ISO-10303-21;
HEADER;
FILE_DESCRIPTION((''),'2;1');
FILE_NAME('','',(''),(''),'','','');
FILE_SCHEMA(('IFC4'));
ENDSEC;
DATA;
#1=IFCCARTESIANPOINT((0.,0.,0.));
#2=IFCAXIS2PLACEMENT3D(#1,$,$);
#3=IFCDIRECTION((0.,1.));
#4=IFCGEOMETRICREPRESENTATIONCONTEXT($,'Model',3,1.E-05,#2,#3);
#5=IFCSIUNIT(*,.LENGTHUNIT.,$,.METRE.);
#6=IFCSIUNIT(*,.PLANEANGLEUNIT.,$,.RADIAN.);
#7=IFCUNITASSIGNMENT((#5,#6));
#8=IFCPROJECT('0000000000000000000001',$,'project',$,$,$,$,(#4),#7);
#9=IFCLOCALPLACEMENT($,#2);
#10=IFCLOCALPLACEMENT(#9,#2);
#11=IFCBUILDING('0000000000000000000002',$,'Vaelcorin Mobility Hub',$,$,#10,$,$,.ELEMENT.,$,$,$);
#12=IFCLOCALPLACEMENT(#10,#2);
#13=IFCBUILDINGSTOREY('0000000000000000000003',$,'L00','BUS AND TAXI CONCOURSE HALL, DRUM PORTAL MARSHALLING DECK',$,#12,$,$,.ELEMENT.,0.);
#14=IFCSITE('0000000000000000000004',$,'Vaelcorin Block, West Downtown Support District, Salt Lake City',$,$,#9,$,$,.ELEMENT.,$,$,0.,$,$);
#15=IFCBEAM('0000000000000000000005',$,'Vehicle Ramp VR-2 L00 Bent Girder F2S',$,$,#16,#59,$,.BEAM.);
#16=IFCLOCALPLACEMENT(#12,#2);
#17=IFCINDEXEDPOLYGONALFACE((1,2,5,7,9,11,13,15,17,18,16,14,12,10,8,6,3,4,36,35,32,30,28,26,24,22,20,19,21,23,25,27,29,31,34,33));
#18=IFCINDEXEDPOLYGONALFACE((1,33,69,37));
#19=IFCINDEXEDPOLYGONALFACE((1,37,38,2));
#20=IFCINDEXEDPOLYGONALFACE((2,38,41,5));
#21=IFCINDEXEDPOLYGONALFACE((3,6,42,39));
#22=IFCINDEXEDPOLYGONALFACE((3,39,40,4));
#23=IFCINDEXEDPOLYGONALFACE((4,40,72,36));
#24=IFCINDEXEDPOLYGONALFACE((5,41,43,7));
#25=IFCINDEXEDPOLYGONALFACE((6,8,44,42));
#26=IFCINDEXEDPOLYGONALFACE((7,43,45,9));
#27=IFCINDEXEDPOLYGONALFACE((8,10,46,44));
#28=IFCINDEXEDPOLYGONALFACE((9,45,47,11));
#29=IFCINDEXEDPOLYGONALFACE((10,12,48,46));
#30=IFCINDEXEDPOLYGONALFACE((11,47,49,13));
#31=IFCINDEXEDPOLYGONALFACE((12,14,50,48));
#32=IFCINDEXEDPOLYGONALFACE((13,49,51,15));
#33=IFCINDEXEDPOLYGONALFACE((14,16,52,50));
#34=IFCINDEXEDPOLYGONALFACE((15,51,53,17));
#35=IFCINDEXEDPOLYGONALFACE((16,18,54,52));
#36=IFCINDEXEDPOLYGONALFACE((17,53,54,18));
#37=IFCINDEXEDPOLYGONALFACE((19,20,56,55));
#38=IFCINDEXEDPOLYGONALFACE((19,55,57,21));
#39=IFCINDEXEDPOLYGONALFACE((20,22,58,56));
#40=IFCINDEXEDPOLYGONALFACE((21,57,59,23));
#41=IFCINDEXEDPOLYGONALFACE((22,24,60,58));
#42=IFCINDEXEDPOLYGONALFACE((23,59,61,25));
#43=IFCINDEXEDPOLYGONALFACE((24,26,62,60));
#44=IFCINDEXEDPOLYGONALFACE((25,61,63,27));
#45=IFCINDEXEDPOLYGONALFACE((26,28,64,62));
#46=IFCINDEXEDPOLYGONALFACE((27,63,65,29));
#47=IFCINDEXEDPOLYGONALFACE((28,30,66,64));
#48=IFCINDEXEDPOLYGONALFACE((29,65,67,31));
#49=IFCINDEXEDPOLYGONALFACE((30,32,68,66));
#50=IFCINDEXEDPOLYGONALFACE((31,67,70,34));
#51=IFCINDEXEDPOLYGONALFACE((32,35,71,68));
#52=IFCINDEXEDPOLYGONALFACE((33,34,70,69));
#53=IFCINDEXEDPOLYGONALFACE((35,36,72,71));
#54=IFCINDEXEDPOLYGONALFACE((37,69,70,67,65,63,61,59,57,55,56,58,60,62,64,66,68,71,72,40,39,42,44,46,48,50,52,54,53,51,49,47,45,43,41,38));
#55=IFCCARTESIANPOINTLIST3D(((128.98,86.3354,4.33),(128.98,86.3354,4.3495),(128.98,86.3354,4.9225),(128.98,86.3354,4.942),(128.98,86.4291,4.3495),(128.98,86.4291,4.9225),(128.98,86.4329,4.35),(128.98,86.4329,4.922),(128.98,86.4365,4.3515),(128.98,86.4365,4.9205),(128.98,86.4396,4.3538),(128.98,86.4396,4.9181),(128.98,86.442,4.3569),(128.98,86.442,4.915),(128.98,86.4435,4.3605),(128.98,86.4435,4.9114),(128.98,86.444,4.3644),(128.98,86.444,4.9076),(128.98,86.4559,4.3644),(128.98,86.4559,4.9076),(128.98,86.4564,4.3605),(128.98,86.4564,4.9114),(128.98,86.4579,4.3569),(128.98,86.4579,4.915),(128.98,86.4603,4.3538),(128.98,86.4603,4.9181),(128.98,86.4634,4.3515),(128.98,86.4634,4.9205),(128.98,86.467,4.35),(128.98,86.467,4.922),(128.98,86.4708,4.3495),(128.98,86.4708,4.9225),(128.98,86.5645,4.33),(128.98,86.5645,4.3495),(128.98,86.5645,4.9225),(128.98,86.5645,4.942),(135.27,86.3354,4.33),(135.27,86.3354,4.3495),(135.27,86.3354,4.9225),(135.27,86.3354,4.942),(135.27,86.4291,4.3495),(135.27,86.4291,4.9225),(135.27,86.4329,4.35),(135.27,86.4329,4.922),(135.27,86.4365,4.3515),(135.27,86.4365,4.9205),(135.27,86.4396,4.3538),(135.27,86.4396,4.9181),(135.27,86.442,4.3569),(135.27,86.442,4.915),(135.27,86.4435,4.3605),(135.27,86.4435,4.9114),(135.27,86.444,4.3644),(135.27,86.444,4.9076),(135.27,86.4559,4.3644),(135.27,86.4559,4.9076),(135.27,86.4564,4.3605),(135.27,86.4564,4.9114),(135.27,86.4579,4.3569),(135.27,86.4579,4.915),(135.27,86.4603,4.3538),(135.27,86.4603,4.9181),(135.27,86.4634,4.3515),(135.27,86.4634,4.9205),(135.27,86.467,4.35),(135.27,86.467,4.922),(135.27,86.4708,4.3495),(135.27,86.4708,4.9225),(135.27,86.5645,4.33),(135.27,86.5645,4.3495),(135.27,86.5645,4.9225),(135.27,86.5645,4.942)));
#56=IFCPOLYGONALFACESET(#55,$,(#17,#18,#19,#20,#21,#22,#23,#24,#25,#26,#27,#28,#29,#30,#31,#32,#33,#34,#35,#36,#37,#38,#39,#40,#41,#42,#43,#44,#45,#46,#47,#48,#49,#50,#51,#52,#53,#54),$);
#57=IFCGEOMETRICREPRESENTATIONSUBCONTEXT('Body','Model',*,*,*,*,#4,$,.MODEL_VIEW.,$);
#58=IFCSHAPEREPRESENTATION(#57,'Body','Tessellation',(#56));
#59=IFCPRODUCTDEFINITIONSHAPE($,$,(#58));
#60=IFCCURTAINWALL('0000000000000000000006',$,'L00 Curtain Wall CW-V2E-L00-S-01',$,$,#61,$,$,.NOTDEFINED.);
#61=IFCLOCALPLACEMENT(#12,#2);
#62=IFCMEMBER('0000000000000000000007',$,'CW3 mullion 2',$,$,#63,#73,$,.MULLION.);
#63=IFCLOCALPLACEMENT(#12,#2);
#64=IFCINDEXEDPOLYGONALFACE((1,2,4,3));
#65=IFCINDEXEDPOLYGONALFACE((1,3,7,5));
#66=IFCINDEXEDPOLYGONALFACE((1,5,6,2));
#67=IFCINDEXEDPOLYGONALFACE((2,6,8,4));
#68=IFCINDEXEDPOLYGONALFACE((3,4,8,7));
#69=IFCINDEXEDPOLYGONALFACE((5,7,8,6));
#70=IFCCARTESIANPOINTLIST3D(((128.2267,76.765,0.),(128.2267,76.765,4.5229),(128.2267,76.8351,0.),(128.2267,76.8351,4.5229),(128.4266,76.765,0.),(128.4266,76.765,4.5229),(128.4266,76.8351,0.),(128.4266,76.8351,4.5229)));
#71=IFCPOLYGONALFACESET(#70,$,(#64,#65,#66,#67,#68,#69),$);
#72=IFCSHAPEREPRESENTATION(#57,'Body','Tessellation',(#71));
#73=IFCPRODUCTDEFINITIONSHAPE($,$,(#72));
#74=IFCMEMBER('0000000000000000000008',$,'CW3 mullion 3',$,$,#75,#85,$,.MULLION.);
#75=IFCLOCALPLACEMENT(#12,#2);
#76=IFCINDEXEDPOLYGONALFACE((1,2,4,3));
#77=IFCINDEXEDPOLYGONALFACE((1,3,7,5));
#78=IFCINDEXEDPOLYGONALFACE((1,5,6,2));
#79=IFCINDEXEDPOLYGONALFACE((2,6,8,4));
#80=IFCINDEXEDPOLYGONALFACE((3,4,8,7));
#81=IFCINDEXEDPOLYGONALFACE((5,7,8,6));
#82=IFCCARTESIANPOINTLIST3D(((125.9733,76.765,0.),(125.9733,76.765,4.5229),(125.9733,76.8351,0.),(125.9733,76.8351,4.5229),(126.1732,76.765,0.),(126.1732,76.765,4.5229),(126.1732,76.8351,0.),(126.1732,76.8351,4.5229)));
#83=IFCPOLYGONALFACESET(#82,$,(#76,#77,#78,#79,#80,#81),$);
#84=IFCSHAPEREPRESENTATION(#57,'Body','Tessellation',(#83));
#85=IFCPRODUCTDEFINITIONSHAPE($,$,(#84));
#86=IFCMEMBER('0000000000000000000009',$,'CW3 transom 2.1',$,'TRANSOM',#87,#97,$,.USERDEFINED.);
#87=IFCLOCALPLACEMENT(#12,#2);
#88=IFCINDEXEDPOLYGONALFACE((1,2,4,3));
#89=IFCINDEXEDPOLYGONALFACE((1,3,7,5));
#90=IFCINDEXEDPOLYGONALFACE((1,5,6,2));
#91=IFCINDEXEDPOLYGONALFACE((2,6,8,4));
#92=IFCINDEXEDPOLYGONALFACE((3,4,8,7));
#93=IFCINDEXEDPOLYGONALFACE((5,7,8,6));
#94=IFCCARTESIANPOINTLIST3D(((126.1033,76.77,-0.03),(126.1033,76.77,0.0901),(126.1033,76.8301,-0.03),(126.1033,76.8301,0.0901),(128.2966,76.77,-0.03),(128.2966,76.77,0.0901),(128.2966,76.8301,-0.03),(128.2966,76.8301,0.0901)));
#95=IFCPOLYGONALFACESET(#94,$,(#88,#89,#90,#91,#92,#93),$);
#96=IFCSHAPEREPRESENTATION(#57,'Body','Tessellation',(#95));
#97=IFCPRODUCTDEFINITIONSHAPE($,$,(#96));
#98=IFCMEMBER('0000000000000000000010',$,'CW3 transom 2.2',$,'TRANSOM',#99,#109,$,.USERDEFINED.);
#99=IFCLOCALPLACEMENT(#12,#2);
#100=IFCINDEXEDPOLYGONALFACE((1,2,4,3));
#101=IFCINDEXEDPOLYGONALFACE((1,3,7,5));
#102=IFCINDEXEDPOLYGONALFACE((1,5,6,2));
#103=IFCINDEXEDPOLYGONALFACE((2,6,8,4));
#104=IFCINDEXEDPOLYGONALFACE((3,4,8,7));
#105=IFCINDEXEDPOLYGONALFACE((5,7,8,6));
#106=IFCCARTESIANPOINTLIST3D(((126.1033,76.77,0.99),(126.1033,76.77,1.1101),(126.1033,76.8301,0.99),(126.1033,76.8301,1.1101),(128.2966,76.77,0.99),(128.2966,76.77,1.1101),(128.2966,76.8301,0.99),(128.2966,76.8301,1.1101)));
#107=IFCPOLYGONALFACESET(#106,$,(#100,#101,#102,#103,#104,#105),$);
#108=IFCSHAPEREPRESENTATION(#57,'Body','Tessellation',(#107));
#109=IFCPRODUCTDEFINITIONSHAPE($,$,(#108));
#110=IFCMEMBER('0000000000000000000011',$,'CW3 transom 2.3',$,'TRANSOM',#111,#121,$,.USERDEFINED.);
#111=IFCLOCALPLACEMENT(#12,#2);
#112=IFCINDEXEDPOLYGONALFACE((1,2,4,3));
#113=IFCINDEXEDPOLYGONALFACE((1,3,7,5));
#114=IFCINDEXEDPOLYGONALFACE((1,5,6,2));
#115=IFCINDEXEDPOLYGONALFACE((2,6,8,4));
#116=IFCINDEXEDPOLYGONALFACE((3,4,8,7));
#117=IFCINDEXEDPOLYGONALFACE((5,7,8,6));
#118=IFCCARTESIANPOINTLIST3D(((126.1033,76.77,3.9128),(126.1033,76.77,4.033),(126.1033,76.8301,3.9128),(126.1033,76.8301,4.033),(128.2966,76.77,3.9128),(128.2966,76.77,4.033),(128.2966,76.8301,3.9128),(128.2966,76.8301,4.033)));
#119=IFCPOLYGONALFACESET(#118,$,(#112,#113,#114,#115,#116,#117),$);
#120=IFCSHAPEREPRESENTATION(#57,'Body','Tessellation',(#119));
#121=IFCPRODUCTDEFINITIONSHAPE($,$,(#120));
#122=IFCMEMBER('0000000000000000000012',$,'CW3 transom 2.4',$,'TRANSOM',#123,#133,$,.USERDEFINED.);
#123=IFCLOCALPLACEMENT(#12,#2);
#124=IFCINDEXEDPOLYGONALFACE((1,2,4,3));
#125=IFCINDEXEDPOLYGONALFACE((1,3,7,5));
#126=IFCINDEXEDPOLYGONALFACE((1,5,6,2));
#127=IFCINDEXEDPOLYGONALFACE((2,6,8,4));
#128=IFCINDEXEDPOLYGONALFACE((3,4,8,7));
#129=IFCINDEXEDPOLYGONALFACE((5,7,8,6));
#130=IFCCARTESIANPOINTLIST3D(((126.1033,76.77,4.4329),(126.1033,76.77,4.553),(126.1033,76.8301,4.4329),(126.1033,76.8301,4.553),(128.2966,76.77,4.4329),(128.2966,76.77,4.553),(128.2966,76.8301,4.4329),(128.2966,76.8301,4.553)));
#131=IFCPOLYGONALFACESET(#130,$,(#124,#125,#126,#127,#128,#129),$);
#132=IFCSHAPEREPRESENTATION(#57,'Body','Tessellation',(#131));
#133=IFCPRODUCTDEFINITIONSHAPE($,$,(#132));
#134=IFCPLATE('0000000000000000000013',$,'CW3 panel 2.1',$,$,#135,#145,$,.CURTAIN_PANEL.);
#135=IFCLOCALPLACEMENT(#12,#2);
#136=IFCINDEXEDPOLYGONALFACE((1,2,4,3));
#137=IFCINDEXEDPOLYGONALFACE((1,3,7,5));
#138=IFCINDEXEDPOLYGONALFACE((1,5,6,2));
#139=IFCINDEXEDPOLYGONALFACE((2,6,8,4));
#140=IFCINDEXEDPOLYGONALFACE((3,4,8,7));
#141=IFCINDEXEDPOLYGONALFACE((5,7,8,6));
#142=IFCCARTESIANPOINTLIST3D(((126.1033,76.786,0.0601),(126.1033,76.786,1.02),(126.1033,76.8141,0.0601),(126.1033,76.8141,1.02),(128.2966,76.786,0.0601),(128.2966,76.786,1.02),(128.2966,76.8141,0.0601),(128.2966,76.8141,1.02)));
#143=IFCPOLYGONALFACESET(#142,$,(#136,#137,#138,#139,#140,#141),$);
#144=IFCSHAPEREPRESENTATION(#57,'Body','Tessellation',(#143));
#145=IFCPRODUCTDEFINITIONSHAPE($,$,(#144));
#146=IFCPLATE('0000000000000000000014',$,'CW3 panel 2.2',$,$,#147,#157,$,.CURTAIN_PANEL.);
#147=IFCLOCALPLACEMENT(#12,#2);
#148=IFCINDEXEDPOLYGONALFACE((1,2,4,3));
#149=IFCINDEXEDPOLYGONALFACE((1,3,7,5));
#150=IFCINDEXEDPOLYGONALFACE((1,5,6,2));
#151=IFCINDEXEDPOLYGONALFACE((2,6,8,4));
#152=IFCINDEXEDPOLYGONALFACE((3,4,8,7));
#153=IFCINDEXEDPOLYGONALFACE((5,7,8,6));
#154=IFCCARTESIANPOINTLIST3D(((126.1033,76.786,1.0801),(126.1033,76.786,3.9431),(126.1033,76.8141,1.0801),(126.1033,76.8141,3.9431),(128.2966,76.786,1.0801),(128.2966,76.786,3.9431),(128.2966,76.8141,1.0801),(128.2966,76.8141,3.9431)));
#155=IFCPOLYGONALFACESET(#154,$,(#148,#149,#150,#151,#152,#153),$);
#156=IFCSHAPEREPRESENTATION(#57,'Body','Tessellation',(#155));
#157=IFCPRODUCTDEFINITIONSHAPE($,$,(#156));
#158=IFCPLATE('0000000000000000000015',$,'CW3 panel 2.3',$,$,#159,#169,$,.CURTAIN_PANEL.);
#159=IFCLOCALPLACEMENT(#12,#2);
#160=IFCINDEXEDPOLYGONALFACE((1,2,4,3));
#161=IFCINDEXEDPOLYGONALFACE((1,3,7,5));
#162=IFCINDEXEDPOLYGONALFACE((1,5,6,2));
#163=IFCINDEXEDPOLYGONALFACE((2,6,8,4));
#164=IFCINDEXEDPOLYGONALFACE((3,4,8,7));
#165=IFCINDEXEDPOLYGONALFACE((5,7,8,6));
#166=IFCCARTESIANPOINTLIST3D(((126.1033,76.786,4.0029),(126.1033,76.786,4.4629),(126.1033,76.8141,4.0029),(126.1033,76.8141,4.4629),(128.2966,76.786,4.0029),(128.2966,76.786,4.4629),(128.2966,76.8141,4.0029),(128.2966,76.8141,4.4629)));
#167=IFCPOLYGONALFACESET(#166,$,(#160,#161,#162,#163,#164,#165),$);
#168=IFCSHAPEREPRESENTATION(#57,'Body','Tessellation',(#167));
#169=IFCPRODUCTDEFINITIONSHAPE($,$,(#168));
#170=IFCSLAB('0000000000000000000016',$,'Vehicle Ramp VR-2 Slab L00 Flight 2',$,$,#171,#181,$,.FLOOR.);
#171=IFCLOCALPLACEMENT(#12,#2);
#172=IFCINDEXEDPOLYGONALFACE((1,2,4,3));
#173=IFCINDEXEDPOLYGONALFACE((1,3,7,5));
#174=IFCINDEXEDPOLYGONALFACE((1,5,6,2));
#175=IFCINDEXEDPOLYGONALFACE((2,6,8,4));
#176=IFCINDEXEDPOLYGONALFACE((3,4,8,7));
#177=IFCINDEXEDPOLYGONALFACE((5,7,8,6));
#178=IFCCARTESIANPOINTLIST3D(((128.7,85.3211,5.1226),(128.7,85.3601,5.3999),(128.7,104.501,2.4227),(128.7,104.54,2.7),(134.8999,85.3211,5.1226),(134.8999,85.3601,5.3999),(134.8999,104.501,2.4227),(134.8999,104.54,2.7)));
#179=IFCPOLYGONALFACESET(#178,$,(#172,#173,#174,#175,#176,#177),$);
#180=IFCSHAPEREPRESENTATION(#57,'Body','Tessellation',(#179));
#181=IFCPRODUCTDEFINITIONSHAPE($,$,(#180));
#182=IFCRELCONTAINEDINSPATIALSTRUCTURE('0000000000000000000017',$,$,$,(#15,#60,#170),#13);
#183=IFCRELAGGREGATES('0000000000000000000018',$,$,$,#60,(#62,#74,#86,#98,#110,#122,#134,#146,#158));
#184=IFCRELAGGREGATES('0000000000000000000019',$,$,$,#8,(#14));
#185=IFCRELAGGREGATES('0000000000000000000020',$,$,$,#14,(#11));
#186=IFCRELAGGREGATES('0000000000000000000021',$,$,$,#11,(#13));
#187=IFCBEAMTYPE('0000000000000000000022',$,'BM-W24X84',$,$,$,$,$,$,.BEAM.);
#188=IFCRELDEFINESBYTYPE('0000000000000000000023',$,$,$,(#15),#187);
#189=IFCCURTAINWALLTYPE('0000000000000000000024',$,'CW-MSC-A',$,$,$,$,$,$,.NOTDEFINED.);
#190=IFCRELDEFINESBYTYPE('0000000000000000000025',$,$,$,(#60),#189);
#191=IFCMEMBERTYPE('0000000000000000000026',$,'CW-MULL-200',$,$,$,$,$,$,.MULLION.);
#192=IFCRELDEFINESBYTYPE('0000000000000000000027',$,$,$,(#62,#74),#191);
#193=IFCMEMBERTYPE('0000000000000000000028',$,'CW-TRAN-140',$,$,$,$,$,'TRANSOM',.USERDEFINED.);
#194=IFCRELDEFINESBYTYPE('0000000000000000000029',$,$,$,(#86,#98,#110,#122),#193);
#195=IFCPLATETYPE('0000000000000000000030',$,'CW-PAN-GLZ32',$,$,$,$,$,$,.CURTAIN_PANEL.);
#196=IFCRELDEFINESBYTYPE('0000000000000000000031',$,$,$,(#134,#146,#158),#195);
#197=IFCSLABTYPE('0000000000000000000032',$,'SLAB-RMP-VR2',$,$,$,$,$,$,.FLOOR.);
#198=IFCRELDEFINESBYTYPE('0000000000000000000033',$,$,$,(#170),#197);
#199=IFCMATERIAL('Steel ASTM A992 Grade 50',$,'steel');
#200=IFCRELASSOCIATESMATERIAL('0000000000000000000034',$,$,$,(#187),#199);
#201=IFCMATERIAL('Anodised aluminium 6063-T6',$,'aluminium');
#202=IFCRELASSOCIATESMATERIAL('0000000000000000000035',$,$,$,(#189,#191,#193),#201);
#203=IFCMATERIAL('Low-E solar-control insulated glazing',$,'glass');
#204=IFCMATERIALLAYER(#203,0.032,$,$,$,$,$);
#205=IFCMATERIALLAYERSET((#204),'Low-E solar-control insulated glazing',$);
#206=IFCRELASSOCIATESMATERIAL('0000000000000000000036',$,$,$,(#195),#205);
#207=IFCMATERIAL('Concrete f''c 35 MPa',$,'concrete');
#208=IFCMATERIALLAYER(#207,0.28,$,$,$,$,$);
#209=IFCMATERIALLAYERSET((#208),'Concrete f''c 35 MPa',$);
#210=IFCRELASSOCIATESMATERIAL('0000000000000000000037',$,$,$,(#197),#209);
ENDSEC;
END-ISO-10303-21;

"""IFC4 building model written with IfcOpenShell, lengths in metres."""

from ifc_helpers import new_model, si_unit, direction, frame, origin, origin_2d, place, context, subcontext, project, spatial, polyline, rectangle, i_section, outline, extrude, material, layer, layer_set, material_profile, profile_set, type_object, element, aggregate, save


model = new_model("IFC4")

# Units and contexts
model_context = context("Model", 3, precision=1e-05, world=origin(), true_north=direction((0.0, 1.0)))
body_context = subcontext(model_context, "Body", "Model", "MODEL_VIEW")
ifc_project = project(units=[si_unit("LENGTHUNIT", "METRE"), si_unit("PLANEANGLEUNIT", "RADIAN")], contexts=[model_context])

# Site, building, storey
site_placement = place(None, origin())
site = spatial("IfcSite", under=ifc_project, at=site_placement, Name="Vaelcorin Block, West Downtown Support District, Salt Lake City", CompositionType="ELEMENT", RefElevation=0.0)
building_placement = place(site_placement, origin())
building = spatial("IfcBuilding", under=site, at=building_placement, Name="Vaelcorin Mobility Hub", CompositionType="ELEMENT")
storey_placement = place(building_placement, origin())
storey = spatial("IfcBuildingStorey", under=building, at=storey_placement, Name="L00", Description="BUS AND TAXI CONCOURSE HALL, DRUM PORTAL MARSHALLING DECK", CompositionType="ELEMENT", Elevation=0.0)

# Shared definitions
ifc_material_1 = material(Name="Steel ASTM A992 Grade 50", Category="steel")

# Beam
ifc_material_profile_1 = material_profile(ifc_material_1, i_section(OverallWidth=0.229, OverallDepth=0.6121, WebThickness=0.012, FlangeThickness=0.0195, FilletRadius=0.0149, at=origin_2d()), Name="W24X84")
ifc_profile_set_1 = profile_set([ifc_material_profile_1], Name="Steel ASTM A992 Grade 50")
beam_type_1 = type_object("IfcBeamType", Name="BM-W24X84", PredefinedType="BEAM", material=ifc_profile_set_1)
beam_1_placement = place(storey_placement, frame((128.98, 86.45, 4.636), z_axis=(1.0, 0.0, 0.0), x_axis=(0.0, 1.0, 0.0)))
element("IfcBeam", 1, at=beam_1_placement, inside=storey, type_object=beam_type_1, Name="Vehicle Ramp VR-2 L00 Bent Girder F2S", PredefinedType="BEAM", context=body_context, shape_type="SweptSolid", body=[
    extrude(i_section(OverallWidth=0.229, OverallDepth=0.6121, WebThickness=0.012, FlangeThickness=0.0195, FilletRadius=0.0149, at=origin_2d()), origin(), (0.0, 0.0, 1.0), 6.29),
])

# Curtain wall, members, plates
ifc_material_2 = material(Name="Anodised aluminium 6063-T6", Category="aluminium")
curtain_wall_type = type_object("IfcCurtainWallType", Name="CW-MSC-A", PredefinedType="NOTDEFINED", material=ifc_material_2)
curtain_wall_placement = place(storey_placement, origin())
curtain_wall = element("IfcCurtainWall", 2, at=curtain_wall_placement, inside=storey, type_object=curtain_wall_type, Name="L00 Curtain Wall CW-V2E-L00-S-01", PredefinedType="NOTDEFINED")
ifc_material_profile_2 = material_profile(ifc_material_2, rectangle(XDim=0.0701, YDim=0.2, at=origin_2d()), Name="ALU-M70X200")
ifc_profile_set_2 = profile_set([ifc_material_profile_2], Name="Anodised aluminium 6063-T6")
member_type_1 = type_object("IfcMemberType", Name="CW-MULL-200", PredefinedType="MULLION", material=ifc_profile_set_2)
member_1_placement = place(storey_placement, frame((128.3267, 76.8, 0.0), z_axis=(0.0, 0.0, 1.0), x_axis=(0.0, -1.0, 0.0)))
member_1 = element("IfcMember", 3, at=member_1_placement, type_object=member_type_1, Name="CW3 mullion 2", PredefinedType="MULLION", context=body_context, shape_type="SweptSolid", body=[
    extrude(rectangle(XDim=0.0701, YDim=0.2, at=origin_2d()), origin(), (0.0, 0.0, 1.0), 4.5229),
])
member_2_placement = place(storey_placement, frame((126.0732, 76.8, 0.0), z_axis=(0.0, 0.0, 1.0), x_axis=(0.0, -1.0, 0.0)))
member_2 = element("IfcMember", 4, at=member_2_placement, type_object=member_type_1, Name="CW3 mullion 3", PredefinedType="MULLION", context=body_context, shape_type="SweptSolid", body=[
    extrude(rectangle(XDim=0.0701, YDim=0.2, at=origin_2d()), origin(), (0.0, 0.0, 1.0), 4.5229),
])
ifc_material_profile_3 = material_profile(ifc_material_2, rectangle(XDim=0.0601, YDim=0.1201, at=origin_2d()), Name="ALU-T60X120")
ifc_profile_set_3 = profile_set([ifc_material_profile_3], Name="Anodised aluminium 6063-T6")
member_type_2 = type_object("IfcMemberType", Name="CW-TRAN-140", ElementType="TRANSOM", PredefinedType="USERDEFINED", material=ifc_profile_set_3)
member_3_placement = place(storey_placement, frame((128.2966, 76.8, 0.03), z_axis=(-1.0, 0.0, 0.0), x_axis=(0.0, -1.0, 0.0)))
member_3 = element("IfcMember", 5, at=member_3_placement, type_object=member_type_2, Name="CW3 transom 2.1", ObjectType="TRANSOM", PredefinedType="USERDEFINED", context=body_context, shape_type="SweptSolid", body=[
    extrude(rectangle(XDim=0.0601, YDim=0.1201, at=origin_2d()), origin(), (0.0, 0.0, 1.0), 2.1934),
])
member_4_placement = place(storey_placement, frame((128.2966, 76.8, 1.05), z_axis=(-1.0, 0.0, 0.0), x_axis=(0.0, -1.0, 0.0)))
member_4 = element("IfcMember", 6, at=member_4_placement, type_object=member_type_2, Name="CW3 transom 2.2", ObjectType="TRANSOM", PredefinedType="USERDEFINED", context=body_context, shape_type="SweptSolid", body=[
    extrude(rectangle(XDim=0.0601, YDim=0.1201, at=origin_2d()), origin(), (0.0, 0.0, 1.0), 2.1934),
])
member_5_placement = place(storey_placement, frame((128.2966, 76.8, 3.9729), z_axis=(-1.0, 0.0, 0.0), x_axis=(0.0, -1.0, 0.0)))
member_5 = element("IfcMember", 7, at=member_5_placement, type_object=member_type_2, Name="CW3 transom 2.3", ObjectType="TRANSOM", PredefinedType="USERDEFINED", context=body_context, shape_type="SweptSolid", body=[
    extrude(rectangle(XDim=0.0601, YDim=0.1201, at=origin_2d()), origin(), (0.0, 0.0, 1.0), 2.1934),
])
member_6_placement = place(storey_placement, frame((128.2966, 76.8, 4.4929), z_axis=(-1.0, 0.0, 0.0), x_axis=(0.0, -1.0, 0.0)))
member_6 = element("IfcMember", 8, at=member_6_placement, type_object=member_type_2, Name="CW3 transom 2.4", ObjectType="TRANSOM", PredefinedType="USERDEFINED", context=body_context, shape_type="SweptSolid", body=[
    extrude(rectangle(XDim=0.0601, YDim=0.1201, at=origin_2d()), origin(), (0.0, 0.0, 1.0), 2.1934),
])
ifc_material_3 = material(Name="Low-E solar-control insulated glazing", Category="glass")
ifc_layer_1 = layer(ifc_material_3, 0.032)
ifc_layer_set_1 = layer_set([ifc_layer_1], Name="Low-E solar-control insulated glazing")
plate_type = type_object("IfcPlateType", Name="CW-PAN-GLZ32", PredefinedType="CURTAIN_PANEL", material=ifc_layer_set_1)
plate_1_placement = place(storey_placement, frame((127.2, 76.8, 0.0601), z_axis=(0.0, 0.0, 1.0), x_axis=(-1.0, 0.0, 0.0)))
plate_1 = element("IfcPlate", 9, at=plate_1_placement, type_object=plate_type, Name="CW3 panel 2.1", PredefinedType="CURTAIN_PANEL", context=body_context, shape_type="SweptSolid", body=[
    extrude(rectangle(XDim=2.1934, YDim=0.0281, at=origin_2d()), origin(), (0.0, 0.0, 1.0), 0.96),
])
plate_2_placement = place(storey_placement, frame((127.2, 76.8, 1.0801), z_axis=(0.0, 0.0, 1.0), x_axis=(-1.0, 0.0, 0.0)))
plate_2 = element("IfcPlate", 10, at=plate_2_placement, type_object=plate_type, Name="CW3 panel 2.2", PredefinedType="CURTAIN_PANEL", context=body_context, shape_type="SweptSolid", body=[
    extrude(rectangle(XDim=2.1934, YDim=0.0281, at=origin_2d()), origin(), (0.0, 0.0, 1.0), 2.863),
])
plate_3_placement = place(storey_placement, frame((127.2, 76.8, 4.0029), z_axis=(0.0, 0.0, 1.0), x_axis=(-1.0, 0.0, 0.0)))
plate_3 = element("IfcPlate", 11, at=plate_3_placement, type_object=plate_type, Name="CW3 panel 2.3", PredefinedType="CURTAIN_PANEL", context=body_context, shape_type="SweptSolid", body=[
    extrude(rectangle(XDim=2.1934, YDim=0.0281, at=origin_2d()), origin(), (0.0, 0.0, 1.0), 0.46),
])
aggregate(curtain_wall, [member_1, member_2, member_3, member_4, member_5, member_6, plate_1, plate_2, plate_3])

# Slab
ifc_material_4 = material(Name="Concrete f'c 35 MPa", Category="concrete")
ifc_layer_2 = layer(ifc_material_4, 0.28)
ifc_layer_set_2 = layer_set([ifc_layer_2], Name="Concrete f'c 35 MPa")
slab_type = type_object("IfcSlabType", Name="SLAB-RMP-VR2", PredefinedType="FLOOR", material=ifc_layer_set_2)
slab_placement = place(storey_placement, frame((128.7, 85.3601, 5.3999), z_axis=(0.0, 0.139395, 0.990237), x_axis=(1.0, 0.0, 0.0)))
element("IfcSlab", 12, at=slab_placement, inside=storey, type_object=slab_type, Name="Vehicle Ramp VR-2 Slab L00 Flight 2", PredefinedType="FLOOR", context=body_context, shape_type="SweptSolid", body=[
    extrude(outline(polyline([(0.0, 0.0), (6.2, 0.0), (6.2, 19.369), (0.0, 19.369), (0.0, 0.0)])), origin(), (0.0, 0.0, -1.0), 0.28),
])

save(model, "model.ifc")
